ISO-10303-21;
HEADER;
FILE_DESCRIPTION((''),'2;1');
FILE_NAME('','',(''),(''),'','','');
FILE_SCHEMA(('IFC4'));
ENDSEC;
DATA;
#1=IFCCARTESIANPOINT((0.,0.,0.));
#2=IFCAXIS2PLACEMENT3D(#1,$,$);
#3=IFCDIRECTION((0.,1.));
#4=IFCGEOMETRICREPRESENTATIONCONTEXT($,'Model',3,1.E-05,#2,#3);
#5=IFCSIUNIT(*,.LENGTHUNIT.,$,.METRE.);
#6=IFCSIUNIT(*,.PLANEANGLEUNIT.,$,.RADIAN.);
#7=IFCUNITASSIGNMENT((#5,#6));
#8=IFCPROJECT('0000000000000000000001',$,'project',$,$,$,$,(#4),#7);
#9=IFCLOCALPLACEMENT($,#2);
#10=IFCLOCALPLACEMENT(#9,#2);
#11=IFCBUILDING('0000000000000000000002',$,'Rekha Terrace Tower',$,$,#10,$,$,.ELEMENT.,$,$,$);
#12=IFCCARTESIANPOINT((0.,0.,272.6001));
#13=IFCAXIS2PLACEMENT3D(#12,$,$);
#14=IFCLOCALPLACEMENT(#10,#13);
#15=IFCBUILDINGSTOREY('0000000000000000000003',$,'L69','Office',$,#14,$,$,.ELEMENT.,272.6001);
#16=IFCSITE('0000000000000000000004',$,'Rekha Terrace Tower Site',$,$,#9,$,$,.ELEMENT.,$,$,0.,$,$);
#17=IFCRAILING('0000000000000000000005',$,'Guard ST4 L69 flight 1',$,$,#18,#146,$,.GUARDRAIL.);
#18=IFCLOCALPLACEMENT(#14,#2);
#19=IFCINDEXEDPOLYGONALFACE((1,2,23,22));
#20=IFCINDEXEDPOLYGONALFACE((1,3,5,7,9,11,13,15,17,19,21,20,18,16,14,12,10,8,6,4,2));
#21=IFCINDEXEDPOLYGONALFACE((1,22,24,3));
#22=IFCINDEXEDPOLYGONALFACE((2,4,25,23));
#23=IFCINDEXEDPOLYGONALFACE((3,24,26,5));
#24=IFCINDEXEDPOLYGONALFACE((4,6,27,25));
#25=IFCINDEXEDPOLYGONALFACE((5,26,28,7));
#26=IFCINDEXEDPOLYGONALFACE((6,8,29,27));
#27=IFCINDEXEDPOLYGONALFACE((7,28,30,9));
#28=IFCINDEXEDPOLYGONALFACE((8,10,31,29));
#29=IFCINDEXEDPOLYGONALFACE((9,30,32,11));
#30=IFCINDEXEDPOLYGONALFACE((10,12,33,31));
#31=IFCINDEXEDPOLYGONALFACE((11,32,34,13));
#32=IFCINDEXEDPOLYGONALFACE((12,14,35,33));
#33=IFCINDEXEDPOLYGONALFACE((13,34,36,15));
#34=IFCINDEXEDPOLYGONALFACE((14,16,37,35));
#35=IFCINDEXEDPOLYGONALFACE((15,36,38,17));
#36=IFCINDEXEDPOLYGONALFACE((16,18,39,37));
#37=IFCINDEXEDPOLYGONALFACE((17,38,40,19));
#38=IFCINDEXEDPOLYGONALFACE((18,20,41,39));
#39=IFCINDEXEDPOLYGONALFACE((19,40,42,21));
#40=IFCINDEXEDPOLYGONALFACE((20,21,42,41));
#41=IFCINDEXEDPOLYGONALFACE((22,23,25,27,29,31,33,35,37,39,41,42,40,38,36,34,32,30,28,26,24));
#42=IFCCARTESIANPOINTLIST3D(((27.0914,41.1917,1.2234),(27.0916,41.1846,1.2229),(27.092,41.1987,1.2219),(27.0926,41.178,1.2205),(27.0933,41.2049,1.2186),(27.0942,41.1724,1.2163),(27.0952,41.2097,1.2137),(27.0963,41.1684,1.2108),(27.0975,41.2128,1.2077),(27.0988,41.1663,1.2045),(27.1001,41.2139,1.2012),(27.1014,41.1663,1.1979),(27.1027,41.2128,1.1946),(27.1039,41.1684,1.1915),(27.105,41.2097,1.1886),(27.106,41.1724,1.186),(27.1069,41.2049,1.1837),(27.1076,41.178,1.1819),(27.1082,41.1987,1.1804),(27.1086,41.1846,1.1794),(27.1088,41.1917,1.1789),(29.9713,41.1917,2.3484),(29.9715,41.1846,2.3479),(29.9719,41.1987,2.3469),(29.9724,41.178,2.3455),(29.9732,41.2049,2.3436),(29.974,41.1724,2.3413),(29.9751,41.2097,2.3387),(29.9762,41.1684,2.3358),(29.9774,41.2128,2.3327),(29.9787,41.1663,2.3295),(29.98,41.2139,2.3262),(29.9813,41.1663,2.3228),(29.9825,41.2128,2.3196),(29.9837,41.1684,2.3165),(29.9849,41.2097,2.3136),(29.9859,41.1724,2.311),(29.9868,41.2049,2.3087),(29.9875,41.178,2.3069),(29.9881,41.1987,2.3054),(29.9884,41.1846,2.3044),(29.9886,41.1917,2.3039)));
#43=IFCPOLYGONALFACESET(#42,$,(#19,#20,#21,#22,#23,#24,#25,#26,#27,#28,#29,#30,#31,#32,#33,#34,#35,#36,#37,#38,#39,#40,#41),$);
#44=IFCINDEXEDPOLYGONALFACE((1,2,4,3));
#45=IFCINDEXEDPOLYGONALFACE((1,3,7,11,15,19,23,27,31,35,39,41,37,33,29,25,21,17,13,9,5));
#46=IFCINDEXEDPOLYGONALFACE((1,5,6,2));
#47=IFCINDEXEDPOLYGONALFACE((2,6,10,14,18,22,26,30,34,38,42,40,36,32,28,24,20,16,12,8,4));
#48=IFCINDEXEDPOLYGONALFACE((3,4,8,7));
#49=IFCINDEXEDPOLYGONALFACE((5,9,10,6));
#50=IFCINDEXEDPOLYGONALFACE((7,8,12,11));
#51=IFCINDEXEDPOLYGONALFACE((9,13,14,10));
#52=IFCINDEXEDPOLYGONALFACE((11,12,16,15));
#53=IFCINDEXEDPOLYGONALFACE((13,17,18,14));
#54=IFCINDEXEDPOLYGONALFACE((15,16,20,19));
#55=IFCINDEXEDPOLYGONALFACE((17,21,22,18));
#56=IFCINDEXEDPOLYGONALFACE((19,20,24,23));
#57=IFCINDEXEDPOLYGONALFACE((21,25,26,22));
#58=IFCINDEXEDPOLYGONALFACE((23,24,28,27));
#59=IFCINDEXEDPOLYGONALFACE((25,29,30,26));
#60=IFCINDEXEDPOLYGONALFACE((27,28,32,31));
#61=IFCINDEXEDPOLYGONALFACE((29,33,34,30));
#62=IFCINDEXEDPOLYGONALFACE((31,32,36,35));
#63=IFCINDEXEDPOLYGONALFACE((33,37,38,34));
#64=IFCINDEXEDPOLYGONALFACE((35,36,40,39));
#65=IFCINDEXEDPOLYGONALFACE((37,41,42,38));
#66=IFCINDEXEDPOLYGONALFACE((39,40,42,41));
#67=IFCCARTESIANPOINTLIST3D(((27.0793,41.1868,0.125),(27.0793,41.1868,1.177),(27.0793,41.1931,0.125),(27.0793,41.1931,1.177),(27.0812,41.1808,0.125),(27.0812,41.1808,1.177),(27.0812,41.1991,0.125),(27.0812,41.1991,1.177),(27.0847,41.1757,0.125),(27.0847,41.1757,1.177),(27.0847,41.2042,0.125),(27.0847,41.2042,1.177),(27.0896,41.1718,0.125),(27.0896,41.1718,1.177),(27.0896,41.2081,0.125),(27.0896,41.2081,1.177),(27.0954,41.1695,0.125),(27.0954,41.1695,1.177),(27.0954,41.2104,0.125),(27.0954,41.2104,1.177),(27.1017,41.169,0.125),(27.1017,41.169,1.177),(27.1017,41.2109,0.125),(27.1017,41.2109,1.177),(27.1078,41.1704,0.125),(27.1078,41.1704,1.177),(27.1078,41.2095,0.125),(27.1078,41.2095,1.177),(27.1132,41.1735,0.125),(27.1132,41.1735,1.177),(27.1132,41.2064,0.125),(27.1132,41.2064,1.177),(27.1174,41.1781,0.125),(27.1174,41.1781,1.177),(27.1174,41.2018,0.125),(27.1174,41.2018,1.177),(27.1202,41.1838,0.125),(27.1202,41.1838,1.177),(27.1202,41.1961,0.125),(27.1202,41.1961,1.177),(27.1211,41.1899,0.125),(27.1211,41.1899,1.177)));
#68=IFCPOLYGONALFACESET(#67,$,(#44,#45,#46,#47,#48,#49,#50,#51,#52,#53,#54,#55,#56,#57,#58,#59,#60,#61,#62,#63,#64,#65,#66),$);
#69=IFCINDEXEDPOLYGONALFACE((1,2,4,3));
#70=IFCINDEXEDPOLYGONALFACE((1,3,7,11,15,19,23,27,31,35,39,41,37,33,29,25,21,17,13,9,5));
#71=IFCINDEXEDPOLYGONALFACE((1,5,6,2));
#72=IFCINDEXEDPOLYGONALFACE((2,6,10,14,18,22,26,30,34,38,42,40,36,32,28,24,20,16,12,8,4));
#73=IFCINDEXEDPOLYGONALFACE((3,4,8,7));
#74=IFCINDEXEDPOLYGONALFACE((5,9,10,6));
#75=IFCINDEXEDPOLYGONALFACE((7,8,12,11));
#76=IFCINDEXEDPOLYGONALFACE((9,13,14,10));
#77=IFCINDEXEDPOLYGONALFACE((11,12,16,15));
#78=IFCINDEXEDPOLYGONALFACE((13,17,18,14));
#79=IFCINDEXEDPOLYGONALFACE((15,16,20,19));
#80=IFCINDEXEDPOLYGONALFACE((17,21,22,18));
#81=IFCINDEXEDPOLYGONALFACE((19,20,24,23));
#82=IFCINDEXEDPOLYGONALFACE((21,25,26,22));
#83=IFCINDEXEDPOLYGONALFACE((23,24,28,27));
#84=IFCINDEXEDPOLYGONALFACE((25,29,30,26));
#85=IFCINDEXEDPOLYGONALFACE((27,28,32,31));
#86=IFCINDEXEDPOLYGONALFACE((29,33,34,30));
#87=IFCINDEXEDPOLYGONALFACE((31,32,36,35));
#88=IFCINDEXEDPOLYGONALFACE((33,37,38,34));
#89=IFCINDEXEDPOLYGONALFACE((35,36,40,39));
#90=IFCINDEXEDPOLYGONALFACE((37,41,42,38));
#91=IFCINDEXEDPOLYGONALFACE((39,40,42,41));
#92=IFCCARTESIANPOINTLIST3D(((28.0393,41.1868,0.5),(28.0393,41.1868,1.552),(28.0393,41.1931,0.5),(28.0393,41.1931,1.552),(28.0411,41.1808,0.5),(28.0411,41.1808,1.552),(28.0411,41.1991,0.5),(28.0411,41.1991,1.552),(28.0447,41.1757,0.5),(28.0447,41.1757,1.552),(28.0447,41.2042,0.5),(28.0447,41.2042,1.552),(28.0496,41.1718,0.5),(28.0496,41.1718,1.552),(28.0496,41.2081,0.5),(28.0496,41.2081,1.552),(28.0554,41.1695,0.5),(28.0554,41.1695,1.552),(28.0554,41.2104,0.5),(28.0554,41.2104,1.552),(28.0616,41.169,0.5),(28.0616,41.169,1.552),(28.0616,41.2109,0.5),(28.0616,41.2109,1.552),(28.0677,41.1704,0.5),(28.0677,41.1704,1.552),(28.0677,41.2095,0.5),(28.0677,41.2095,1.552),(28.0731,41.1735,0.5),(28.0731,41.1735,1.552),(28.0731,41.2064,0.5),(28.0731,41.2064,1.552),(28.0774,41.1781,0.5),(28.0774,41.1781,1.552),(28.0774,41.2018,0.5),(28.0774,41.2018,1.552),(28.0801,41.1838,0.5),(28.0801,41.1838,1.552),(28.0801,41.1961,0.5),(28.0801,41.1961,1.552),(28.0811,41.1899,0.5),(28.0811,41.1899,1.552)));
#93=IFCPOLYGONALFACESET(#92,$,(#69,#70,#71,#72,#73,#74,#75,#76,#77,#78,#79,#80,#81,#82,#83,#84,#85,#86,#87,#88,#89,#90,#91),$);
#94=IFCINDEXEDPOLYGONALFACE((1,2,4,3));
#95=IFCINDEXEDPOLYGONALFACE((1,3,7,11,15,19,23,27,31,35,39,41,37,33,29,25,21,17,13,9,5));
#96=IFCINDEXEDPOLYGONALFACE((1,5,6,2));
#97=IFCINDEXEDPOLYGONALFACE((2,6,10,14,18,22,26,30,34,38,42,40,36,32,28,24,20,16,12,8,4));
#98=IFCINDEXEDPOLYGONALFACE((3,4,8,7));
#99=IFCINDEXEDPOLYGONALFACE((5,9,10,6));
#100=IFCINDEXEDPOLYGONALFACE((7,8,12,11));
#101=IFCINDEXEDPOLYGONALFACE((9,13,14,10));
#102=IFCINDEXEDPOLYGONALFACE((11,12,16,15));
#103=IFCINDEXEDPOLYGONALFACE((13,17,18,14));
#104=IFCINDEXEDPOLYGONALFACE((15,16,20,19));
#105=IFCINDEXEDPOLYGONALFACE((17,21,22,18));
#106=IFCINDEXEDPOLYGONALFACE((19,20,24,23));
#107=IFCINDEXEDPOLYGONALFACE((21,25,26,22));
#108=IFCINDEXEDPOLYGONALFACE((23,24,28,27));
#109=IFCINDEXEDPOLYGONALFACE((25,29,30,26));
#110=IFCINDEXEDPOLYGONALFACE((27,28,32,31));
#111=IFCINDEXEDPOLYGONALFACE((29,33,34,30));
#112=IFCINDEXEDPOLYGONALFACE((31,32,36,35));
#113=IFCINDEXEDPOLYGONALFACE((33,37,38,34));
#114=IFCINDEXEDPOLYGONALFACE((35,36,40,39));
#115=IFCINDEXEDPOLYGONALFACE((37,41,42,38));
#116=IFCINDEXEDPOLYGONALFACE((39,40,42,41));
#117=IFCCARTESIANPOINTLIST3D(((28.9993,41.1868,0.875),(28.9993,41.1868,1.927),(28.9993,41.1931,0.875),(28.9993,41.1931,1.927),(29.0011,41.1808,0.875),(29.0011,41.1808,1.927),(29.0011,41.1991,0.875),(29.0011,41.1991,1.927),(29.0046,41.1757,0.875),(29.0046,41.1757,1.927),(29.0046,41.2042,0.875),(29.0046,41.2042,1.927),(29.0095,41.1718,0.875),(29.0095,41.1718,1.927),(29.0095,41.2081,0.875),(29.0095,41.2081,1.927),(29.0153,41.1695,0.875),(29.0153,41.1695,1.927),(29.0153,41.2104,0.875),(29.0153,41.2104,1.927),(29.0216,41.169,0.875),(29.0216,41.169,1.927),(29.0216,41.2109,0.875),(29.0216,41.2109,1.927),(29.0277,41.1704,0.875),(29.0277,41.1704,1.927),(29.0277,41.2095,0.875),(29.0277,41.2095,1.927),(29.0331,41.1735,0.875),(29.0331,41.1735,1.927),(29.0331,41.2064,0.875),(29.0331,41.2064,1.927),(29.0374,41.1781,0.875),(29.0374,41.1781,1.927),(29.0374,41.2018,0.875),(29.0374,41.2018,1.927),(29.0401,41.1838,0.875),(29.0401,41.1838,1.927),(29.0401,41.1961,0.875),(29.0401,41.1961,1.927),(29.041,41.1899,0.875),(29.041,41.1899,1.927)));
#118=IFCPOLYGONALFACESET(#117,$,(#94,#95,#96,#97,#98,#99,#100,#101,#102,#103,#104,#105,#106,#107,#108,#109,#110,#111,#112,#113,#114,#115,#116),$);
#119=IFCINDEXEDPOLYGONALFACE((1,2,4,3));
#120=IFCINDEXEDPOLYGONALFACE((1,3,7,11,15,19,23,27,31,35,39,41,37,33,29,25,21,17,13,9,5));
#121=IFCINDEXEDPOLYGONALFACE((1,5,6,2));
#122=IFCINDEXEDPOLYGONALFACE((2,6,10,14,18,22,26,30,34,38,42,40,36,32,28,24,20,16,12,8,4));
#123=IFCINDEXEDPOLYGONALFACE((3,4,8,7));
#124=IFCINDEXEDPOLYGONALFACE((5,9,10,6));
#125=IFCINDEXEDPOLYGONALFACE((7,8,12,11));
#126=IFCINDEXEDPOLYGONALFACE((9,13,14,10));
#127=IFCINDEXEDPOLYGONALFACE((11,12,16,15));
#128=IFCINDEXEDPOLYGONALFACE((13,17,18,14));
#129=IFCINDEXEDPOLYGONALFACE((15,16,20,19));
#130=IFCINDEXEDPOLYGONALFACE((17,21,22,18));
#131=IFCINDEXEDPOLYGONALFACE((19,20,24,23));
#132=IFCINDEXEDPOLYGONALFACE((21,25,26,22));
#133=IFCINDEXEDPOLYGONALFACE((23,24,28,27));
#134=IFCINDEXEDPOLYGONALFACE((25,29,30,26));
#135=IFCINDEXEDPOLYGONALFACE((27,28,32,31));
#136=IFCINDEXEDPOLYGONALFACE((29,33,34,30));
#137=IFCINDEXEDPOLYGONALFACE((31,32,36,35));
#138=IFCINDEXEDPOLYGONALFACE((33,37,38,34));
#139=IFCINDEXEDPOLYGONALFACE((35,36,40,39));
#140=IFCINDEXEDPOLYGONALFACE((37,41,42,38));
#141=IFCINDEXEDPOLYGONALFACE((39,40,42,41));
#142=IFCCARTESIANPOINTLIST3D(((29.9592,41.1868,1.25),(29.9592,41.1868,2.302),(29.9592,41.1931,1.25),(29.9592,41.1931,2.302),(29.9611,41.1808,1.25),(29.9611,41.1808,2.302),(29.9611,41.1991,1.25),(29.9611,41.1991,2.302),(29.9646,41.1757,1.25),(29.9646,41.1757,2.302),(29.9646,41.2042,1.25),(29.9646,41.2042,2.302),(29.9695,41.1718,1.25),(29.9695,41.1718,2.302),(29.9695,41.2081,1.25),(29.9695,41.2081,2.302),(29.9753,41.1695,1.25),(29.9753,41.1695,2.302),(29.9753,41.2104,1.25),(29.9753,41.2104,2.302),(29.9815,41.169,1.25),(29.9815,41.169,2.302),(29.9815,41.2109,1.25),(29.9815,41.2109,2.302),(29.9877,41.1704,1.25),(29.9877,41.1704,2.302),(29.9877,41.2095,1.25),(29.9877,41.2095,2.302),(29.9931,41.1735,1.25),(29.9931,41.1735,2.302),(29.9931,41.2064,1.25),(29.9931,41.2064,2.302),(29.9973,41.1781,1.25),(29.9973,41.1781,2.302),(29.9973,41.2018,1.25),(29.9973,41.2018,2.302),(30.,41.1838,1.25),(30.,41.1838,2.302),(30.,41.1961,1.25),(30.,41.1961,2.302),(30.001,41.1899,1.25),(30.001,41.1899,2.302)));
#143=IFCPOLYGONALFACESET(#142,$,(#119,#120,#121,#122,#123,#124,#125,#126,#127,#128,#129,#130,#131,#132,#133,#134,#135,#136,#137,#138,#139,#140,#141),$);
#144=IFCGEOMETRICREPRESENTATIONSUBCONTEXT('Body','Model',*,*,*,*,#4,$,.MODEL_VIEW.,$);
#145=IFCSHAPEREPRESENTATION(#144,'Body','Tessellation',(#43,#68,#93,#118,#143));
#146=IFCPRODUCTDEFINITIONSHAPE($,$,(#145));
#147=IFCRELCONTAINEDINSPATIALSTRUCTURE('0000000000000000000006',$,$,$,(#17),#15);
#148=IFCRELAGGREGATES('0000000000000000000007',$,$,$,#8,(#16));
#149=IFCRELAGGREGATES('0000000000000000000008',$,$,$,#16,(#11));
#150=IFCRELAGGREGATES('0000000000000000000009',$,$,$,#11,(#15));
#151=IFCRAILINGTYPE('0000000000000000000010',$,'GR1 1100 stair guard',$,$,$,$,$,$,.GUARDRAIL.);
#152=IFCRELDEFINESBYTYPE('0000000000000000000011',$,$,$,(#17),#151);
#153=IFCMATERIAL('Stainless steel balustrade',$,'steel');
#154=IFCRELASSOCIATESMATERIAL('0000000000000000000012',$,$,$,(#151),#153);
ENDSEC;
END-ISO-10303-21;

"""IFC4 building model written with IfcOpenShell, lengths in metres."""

from ifc_helpers import new_model, si_unit, direction, frame, origin, origin_2d, place, context, subcontext, project, spatial, circle, extrude, material, type_object, element, save


model = new_model("IFC4")

# Units and contexts
model_context = context("Model", 3, precision=1e-05, world=origin(), true_north=direction((0.0, 1.0)))
body_context = subcontext(model_context, "Body", "Model", "MODEL_VIEW")
ifc_project = project(units=[si_unit("LENGTHUNIT", "METRE"), si_unit("PLANEANGLEUNIT", "RADIAN")], contexts=[model_context])

# Site, building, storey
site_placement = place(None, origin())
site = spatial("IfcSite", under=ifc_project, at=site_placement, Name="Rekha Terrace Tower Site", CompositionType="ELEMENT", RefElevation=0.0)
building_placement = place(site_placement, origin())
building = spatial("IfcBuilding", under=site, at=building_placement, Name="Rekha Terrace Tower", CompositionType="ELEMENT")
storey_placement = place(building_placement, frame((0.0, 0.0, 272.6001)))
storey = spatial("IfcBuildingStorey", under=building, at=storey_placement, Name="L69", Description="Office", CompositionType="ELEMENT", Elevation=272.6001)

# Railing
ifc_material_1 = material(Name="Stainless steel balustrade", Category="steel")
railing_type_1 = type_object("IfcRailingType", Name="GR1 1100 stair guard", PredefinedType="GUARDRAIL", material=ifc_material_1)
railing_1_placement = place(storey_placement, frame((27.1001, 41.1899, 0.125)))
element("IfcRailing", 1, at=railing_1_placement, inside=storey, type_object=railing_type_1, Name="Guard ST4 L69 flight 1", PredefinedType="GUARDRAIL", context=body_context, shape_type="SweptSolid", body=[
    extrude(circle(Radius=0.0239, at=origin_2d()), frame((0.0, 0.0, 1.0762), z_axis=(0.931452, 0.0, 0.363863), x_axis=(0.0, 1.0, 0.0)), (0.0, 0.0, 1.0), 3.0918),
    extrude(circle(Radius=0.021, at=origin_2d()), origin(), (0.0, 0.0, 1.0), 1.052),
    extrude(circle(Radius=0.021, at=origin_2d()), frame((0.96, 0.0, 0.375)), (0.0, 0.0, 1.0), 1.052),
    extrude(circle(Radius=0.021, at=origin_2d()), frame((1.9199, 0.0, 0.75)), (0.0, 0.0, 1.0), 1.052),
    extrude(circle(Radius=0.021, at=origin_2d()), frame((2.8799, 0.0, 1.125)), (0.0, 0.0, 1.0), 1.052),
])

save(model, "model.ifc")
